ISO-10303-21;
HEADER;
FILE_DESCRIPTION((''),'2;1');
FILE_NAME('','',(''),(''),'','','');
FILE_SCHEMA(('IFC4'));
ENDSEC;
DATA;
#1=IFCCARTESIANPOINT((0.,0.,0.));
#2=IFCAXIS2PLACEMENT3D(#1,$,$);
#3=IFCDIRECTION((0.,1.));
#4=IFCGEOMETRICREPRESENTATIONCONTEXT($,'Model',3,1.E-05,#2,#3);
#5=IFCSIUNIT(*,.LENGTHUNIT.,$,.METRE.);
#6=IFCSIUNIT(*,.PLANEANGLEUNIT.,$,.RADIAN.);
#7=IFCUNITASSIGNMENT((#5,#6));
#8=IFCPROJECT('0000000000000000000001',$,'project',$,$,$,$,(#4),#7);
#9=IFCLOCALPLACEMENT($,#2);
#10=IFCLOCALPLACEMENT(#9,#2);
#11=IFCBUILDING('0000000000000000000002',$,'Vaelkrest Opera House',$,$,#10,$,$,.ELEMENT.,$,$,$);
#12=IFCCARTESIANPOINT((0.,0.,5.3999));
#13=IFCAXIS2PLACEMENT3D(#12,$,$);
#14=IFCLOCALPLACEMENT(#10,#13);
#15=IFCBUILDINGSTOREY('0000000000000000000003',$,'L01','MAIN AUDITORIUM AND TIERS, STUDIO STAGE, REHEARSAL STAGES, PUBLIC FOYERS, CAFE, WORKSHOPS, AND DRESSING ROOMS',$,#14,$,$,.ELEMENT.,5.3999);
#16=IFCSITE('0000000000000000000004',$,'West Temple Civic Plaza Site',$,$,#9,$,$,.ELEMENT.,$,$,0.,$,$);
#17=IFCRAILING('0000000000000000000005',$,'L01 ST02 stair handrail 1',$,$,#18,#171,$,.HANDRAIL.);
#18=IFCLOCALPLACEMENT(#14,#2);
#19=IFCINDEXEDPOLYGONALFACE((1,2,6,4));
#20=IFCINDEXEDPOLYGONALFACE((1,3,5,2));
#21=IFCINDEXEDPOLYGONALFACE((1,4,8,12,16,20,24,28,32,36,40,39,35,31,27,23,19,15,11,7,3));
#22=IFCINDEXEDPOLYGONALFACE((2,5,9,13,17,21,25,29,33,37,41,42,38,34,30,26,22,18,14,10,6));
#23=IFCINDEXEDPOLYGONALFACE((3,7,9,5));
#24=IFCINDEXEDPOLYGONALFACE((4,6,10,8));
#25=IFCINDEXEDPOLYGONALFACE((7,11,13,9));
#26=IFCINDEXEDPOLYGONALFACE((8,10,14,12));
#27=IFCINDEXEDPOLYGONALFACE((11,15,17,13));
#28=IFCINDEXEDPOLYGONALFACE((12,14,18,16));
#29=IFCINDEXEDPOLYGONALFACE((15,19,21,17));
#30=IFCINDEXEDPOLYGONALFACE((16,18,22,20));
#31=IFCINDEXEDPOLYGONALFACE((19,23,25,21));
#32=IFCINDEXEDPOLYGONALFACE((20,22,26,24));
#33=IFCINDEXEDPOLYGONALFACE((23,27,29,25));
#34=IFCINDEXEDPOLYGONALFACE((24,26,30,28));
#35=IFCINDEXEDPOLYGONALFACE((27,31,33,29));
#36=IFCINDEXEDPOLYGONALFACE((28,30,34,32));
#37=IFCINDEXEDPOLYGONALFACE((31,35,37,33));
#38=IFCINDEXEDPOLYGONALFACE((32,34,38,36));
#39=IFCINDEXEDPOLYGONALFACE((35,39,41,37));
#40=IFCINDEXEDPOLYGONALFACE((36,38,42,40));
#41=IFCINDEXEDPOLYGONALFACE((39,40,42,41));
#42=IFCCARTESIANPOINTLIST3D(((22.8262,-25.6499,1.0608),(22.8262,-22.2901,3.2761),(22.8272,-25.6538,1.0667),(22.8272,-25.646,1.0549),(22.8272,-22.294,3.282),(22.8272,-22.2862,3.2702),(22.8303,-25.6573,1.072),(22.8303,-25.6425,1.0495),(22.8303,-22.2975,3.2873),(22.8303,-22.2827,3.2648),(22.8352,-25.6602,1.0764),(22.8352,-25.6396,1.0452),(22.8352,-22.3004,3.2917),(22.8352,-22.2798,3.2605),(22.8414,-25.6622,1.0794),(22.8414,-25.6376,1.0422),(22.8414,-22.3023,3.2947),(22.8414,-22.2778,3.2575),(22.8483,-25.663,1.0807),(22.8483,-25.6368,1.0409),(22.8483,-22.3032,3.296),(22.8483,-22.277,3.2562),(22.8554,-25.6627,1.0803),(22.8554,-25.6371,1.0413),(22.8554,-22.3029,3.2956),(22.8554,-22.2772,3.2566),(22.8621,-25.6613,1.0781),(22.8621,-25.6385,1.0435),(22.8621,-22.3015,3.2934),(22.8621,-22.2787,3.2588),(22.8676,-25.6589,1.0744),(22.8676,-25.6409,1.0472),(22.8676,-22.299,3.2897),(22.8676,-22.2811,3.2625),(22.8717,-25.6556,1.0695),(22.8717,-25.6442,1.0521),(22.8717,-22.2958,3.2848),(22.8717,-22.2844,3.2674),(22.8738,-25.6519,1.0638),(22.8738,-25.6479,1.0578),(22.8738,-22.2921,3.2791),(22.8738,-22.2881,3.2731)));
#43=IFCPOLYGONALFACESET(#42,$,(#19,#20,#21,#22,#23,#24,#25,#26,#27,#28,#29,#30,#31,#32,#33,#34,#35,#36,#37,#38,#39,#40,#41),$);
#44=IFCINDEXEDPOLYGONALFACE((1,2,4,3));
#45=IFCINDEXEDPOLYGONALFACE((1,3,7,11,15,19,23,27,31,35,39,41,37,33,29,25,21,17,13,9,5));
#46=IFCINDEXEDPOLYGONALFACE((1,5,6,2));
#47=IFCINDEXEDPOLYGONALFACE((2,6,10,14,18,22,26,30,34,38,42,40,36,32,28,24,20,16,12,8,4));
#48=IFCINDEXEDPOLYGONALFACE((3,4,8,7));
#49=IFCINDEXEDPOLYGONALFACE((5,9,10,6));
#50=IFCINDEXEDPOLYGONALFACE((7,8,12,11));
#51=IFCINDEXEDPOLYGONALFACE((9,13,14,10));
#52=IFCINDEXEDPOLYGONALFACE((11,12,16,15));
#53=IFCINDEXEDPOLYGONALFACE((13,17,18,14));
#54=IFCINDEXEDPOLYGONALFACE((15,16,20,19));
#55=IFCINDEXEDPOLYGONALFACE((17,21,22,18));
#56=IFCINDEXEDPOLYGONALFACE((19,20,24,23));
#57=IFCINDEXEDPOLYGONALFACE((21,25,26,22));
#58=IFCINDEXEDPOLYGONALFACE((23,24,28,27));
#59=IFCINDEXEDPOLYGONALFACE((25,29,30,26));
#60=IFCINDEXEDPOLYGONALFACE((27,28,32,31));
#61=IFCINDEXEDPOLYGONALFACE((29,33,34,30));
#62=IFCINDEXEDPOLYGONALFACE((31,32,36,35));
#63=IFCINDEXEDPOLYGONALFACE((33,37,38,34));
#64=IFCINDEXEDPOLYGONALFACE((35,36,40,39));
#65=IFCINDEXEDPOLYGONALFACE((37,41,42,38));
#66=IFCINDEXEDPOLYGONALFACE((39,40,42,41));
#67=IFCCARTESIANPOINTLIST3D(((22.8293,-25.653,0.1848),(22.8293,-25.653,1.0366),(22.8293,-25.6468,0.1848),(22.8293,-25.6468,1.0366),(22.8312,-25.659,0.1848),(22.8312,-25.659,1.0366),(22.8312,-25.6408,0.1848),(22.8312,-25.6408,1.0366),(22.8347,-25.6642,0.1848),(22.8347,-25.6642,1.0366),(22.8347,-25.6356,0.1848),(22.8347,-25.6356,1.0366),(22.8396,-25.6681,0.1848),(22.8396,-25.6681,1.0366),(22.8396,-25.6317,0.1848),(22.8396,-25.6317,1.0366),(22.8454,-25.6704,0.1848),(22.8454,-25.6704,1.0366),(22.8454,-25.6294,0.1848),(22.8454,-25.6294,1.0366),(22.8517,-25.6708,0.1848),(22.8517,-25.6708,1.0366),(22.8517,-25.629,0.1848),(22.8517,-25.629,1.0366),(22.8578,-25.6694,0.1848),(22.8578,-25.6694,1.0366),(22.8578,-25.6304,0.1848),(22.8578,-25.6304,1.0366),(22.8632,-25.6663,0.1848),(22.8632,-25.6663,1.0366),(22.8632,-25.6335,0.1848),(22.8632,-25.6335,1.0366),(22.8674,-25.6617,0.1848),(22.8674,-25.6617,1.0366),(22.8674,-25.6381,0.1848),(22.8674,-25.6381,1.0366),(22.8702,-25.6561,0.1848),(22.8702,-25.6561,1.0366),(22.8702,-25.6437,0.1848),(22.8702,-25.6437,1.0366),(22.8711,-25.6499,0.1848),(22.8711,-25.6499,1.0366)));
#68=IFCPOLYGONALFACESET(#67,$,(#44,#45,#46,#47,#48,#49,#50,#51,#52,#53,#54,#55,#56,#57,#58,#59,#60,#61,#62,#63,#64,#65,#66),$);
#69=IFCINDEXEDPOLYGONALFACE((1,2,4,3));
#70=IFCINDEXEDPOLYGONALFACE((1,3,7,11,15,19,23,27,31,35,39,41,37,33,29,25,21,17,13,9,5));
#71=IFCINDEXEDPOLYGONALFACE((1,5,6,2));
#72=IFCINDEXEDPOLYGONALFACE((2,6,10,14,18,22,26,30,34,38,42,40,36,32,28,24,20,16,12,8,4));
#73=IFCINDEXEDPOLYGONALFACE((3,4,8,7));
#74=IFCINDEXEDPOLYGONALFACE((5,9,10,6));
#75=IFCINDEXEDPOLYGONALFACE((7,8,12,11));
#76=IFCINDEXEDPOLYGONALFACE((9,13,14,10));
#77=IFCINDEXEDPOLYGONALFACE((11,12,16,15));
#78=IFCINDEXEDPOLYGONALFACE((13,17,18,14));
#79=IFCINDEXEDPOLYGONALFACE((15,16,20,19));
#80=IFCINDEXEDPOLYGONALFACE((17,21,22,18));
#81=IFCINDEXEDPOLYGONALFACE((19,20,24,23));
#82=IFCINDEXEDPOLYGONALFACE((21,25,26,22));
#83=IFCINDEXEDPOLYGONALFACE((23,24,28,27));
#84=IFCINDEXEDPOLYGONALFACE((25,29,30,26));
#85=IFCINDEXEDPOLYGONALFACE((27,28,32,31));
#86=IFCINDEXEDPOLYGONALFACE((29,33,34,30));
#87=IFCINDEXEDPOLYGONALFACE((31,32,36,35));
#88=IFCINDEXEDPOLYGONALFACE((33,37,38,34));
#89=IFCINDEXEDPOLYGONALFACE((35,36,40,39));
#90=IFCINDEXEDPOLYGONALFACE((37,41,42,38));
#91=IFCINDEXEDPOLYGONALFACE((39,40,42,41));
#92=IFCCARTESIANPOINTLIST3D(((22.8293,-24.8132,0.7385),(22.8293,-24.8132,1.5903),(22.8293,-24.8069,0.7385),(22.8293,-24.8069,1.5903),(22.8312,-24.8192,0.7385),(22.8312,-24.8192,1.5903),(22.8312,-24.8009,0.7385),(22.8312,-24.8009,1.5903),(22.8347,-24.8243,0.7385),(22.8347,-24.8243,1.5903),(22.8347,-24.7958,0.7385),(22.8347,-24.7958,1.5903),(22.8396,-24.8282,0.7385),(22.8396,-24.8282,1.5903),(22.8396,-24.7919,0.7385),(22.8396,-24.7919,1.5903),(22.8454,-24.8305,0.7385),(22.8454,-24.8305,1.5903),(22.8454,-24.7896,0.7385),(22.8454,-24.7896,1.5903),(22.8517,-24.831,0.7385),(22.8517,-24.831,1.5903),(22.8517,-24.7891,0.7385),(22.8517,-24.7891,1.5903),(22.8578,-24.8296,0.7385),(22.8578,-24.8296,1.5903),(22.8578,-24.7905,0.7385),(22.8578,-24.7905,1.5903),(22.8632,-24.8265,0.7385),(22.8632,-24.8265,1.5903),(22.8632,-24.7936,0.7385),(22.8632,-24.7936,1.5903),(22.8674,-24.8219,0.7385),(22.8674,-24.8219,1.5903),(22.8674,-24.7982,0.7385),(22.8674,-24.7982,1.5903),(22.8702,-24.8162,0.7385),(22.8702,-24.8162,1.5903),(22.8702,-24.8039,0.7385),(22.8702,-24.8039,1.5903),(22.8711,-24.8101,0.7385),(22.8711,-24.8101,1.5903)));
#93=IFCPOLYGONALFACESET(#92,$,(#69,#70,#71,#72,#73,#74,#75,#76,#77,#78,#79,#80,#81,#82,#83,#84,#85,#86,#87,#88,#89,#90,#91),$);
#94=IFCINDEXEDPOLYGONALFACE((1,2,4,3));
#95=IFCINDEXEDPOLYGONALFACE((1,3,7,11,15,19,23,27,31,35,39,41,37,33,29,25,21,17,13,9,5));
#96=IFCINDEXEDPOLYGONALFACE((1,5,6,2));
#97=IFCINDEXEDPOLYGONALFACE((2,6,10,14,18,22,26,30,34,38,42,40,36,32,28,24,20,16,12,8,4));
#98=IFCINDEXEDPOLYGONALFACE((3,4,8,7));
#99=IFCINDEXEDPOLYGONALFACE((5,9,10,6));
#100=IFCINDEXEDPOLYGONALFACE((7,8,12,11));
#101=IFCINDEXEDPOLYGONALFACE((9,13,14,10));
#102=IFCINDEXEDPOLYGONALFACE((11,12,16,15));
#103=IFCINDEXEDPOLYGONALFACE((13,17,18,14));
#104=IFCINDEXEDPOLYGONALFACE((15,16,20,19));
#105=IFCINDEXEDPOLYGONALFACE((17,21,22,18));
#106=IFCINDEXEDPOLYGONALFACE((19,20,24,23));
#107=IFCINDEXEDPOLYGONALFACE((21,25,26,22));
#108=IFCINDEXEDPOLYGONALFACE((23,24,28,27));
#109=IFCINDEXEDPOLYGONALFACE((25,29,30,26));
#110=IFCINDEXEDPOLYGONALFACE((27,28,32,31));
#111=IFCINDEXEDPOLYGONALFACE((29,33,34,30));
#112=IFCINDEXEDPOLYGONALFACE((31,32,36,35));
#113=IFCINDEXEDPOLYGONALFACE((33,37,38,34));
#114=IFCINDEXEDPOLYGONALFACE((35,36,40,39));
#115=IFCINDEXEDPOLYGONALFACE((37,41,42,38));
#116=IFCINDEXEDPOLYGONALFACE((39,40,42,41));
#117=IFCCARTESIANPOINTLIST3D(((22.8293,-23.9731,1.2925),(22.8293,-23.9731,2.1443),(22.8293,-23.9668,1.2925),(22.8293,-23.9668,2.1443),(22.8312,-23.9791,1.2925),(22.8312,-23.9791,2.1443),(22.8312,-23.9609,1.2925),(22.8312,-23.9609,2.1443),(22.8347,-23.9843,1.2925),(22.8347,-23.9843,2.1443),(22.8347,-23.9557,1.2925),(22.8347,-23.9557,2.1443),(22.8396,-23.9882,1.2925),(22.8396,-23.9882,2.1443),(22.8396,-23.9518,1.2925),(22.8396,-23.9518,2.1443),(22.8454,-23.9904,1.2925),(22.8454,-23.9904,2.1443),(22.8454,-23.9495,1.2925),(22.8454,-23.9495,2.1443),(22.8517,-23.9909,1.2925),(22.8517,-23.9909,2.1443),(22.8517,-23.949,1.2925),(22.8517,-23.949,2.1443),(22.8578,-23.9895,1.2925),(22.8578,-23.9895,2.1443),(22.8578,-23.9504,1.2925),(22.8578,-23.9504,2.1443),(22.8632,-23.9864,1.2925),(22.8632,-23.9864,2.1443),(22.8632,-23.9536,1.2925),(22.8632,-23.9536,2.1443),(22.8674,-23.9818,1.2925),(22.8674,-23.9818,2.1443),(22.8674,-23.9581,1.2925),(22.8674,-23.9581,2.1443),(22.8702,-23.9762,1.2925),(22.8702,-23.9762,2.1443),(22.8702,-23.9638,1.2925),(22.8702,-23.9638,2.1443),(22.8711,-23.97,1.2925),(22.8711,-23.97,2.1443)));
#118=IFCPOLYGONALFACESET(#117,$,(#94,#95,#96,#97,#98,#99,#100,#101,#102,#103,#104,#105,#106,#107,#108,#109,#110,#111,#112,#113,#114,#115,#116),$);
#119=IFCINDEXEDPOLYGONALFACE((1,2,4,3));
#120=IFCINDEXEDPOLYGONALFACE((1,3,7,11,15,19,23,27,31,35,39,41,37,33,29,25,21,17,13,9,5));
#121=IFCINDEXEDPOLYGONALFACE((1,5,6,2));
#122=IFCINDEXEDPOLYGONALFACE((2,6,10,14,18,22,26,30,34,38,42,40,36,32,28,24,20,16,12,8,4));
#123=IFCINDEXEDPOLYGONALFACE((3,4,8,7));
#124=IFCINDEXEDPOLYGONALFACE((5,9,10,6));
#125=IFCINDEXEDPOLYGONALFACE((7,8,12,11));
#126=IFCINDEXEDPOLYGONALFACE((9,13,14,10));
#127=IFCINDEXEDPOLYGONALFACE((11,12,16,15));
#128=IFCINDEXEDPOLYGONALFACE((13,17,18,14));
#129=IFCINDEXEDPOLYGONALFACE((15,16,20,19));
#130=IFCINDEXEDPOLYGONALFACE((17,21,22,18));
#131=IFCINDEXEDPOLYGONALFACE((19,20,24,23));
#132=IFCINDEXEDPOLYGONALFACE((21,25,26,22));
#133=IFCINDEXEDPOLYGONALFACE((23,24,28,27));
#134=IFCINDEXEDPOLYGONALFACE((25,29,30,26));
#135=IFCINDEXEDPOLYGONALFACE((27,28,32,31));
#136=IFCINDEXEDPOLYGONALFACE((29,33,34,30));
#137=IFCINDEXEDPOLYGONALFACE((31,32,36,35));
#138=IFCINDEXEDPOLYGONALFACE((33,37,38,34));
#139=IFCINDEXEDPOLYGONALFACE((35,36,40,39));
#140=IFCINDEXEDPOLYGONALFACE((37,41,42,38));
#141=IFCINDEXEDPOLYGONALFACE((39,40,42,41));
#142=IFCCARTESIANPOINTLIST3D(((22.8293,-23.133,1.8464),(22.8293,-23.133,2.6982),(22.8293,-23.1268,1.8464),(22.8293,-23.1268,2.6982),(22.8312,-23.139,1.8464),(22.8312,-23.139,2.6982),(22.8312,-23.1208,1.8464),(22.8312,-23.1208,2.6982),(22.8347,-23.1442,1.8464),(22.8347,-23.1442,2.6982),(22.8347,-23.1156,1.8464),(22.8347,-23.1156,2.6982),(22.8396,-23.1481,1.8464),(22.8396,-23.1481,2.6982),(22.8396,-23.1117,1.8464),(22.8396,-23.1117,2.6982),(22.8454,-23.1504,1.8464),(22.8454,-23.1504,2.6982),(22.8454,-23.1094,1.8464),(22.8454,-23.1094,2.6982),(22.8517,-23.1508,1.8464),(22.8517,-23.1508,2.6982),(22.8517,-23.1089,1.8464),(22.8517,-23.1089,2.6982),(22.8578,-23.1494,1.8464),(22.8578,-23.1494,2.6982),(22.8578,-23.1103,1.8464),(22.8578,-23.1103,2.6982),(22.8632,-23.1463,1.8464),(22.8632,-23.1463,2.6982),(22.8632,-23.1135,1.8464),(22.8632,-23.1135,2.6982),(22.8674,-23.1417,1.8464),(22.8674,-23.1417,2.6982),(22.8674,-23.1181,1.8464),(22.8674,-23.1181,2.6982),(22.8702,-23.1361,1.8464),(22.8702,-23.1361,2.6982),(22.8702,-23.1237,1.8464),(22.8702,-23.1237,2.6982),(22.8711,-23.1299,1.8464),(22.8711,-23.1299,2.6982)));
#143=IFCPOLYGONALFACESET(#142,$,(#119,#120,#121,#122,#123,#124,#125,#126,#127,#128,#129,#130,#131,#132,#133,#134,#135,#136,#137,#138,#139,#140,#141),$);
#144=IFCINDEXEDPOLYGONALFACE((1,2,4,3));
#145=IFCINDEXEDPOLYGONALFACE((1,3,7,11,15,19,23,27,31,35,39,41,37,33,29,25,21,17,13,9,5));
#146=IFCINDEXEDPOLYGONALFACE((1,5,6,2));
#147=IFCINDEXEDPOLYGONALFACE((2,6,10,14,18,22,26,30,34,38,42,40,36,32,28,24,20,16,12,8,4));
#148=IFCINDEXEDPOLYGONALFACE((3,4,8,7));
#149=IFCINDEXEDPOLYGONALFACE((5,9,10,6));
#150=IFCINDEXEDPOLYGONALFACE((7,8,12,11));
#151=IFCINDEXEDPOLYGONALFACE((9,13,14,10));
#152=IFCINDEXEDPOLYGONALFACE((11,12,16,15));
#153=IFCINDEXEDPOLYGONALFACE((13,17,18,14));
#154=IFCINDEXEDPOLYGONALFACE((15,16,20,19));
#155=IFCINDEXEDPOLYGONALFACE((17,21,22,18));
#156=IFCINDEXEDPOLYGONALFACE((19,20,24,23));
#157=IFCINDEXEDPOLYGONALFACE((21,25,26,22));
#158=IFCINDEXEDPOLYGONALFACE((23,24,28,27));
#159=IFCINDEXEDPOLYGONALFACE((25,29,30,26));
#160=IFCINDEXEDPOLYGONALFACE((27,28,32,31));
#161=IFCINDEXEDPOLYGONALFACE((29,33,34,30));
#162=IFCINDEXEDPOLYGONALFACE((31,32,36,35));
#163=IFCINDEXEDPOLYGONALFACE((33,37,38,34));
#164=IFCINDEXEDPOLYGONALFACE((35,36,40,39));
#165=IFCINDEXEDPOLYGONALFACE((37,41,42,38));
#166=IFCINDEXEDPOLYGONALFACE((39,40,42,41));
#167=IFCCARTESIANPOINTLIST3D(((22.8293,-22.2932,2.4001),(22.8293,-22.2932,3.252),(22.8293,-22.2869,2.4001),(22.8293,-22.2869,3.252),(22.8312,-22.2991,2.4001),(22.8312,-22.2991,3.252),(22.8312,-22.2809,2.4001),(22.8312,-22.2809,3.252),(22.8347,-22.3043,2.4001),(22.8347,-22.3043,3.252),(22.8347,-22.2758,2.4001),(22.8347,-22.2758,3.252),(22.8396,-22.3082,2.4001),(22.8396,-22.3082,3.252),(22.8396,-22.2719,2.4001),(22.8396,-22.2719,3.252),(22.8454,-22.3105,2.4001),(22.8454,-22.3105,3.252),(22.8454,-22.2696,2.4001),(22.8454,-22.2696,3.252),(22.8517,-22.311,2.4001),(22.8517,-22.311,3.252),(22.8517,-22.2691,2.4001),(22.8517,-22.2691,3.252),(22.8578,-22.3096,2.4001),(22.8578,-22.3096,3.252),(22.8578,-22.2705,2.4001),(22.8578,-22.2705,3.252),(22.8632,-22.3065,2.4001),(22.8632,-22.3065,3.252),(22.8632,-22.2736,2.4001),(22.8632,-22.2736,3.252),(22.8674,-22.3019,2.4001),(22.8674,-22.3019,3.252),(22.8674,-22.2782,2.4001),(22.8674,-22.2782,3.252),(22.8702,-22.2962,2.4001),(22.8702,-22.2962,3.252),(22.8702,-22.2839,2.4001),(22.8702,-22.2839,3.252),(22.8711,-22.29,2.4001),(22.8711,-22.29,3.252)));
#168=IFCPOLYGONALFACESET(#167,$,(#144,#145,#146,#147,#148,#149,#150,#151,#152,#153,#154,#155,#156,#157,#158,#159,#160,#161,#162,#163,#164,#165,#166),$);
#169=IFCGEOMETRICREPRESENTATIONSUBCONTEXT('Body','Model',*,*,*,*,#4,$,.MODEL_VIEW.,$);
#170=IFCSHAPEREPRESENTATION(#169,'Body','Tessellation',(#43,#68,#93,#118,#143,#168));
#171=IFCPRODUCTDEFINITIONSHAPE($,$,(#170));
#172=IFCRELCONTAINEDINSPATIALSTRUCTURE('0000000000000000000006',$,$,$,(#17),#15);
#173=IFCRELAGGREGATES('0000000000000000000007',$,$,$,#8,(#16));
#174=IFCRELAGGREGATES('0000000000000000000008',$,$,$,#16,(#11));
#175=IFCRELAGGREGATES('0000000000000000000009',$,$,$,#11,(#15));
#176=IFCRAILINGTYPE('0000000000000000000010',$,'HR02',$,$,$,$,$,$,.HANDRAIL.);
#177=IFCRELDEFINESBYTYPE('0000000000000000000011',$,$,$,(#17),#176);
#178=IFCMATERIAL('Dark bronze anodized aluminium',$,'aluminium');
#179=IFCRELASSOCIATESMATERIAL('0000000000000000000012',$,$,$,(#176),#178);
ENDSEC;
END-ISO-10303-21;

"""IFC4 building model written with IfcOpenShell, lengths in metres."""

from ifc_helpers import new_model, si_unit, direction, frame, origin, origin_2d, place, context, subcontext, project, spatial, circle, extrude, material, type_object, element, save


model = new_model("IFC4")

# Units and contexts
model_context = context("Model", 3, precision=1e-05, world=origin(), true_north=direction((0.0, 1.0)))
body_context = subcontext(model_context, "Body", "Model", "MODEL_VIEW")
ifc_project = project(units=[si_unit("LENGTHUNIT", "METRE"), si_unit("PLANEANGLEUNIT", "RADIAN")], contexts=[model_context])

# Site, building, storey
site_placement = place(None, origin())
site = spatial("IfcSite", under=ifc_project, at=site_placement, Name="West Temple Civic Plaza Site", CompositionType="ELEMENT", RefElevation=0.0)
building_placement = place(site_placement, origin())
building = spatial("IfcBuilding", under=site, at=building_placement, Name="Vaelkrest Opera House", CompositionType="ELEMENT")
storey_placement = place(building_placement, frame((0.0, 0.0, 5.3999)))
storey = spatial("IfcBuildingStorey", under=building, at=storey_placement, Name="L01", Description="MAIN AUDITORIUM AND TIERS, STUDIO STAGE, REHEARSAL STAGES, PUBLIC FOYERS, CAFE, WORKSHOPS, AND DRESSING ROOMS", CompositionType="ELEMENT", Elevation=5.3999)

# Railing
ifc_material_1 = material(Name="Dark bronze anodized aluminium", Category="aluminium")
railing_type_1 = type_object("IfcRailingType", Name="HR02", PredefinedType="HANDRAIL", material=ifc_material_1)
railing_1_placement = place(storey_placement, frame((22.8501, -25.6499, 0.1848)))
element("IfcRailing", 1, at=railing_1_placement, inside=storey, type_object=railing_type_1, Name="L01 ST02 stair handrail 1", PredefinedType="HANDRAIL", context=body_context, shape_type="SweptSolid", body=[
    extrude(circle(Radius=0.0239, at=origin_2d()), frame((0.0, 0.0, 0.876), z_axis=(0.0, 0.834858, 0.550465), x_axis=(-1.0, 0.0, 0.0)), (0.0, 0.0, 1.0), 4.0244),
    extrude(circle(Radius=0.021, at=origin_2d()), origin(), (0.0, 0.0, 1.0), 0.8518),
    extrude(circle(Radius=0.021, at=origin_2d()), frame((0.0, 0.8398, 0.5537)), (0.0, 0.0, 1.0), 0.8518),
    extrude(circle(Radius=0.021, at=origin_2d()), frame((0.0, 1.6799, 1.1077)), (0.0, 0.0, 1.0), 0.8518),
    extrude(circle(Radius=0.021, at=origin_2d()), frame((0.0, 2.52, 1.6616)), (0.0, 0.0, 1.0), 0.8518),
    extrude(circle(Radius=0.021, at=origin_2d()), frame((0.0, 3.3599, 2.2153)), (0.0, 0.0, 1.0), 0.8518),
])

save(model, "model.ifc")
